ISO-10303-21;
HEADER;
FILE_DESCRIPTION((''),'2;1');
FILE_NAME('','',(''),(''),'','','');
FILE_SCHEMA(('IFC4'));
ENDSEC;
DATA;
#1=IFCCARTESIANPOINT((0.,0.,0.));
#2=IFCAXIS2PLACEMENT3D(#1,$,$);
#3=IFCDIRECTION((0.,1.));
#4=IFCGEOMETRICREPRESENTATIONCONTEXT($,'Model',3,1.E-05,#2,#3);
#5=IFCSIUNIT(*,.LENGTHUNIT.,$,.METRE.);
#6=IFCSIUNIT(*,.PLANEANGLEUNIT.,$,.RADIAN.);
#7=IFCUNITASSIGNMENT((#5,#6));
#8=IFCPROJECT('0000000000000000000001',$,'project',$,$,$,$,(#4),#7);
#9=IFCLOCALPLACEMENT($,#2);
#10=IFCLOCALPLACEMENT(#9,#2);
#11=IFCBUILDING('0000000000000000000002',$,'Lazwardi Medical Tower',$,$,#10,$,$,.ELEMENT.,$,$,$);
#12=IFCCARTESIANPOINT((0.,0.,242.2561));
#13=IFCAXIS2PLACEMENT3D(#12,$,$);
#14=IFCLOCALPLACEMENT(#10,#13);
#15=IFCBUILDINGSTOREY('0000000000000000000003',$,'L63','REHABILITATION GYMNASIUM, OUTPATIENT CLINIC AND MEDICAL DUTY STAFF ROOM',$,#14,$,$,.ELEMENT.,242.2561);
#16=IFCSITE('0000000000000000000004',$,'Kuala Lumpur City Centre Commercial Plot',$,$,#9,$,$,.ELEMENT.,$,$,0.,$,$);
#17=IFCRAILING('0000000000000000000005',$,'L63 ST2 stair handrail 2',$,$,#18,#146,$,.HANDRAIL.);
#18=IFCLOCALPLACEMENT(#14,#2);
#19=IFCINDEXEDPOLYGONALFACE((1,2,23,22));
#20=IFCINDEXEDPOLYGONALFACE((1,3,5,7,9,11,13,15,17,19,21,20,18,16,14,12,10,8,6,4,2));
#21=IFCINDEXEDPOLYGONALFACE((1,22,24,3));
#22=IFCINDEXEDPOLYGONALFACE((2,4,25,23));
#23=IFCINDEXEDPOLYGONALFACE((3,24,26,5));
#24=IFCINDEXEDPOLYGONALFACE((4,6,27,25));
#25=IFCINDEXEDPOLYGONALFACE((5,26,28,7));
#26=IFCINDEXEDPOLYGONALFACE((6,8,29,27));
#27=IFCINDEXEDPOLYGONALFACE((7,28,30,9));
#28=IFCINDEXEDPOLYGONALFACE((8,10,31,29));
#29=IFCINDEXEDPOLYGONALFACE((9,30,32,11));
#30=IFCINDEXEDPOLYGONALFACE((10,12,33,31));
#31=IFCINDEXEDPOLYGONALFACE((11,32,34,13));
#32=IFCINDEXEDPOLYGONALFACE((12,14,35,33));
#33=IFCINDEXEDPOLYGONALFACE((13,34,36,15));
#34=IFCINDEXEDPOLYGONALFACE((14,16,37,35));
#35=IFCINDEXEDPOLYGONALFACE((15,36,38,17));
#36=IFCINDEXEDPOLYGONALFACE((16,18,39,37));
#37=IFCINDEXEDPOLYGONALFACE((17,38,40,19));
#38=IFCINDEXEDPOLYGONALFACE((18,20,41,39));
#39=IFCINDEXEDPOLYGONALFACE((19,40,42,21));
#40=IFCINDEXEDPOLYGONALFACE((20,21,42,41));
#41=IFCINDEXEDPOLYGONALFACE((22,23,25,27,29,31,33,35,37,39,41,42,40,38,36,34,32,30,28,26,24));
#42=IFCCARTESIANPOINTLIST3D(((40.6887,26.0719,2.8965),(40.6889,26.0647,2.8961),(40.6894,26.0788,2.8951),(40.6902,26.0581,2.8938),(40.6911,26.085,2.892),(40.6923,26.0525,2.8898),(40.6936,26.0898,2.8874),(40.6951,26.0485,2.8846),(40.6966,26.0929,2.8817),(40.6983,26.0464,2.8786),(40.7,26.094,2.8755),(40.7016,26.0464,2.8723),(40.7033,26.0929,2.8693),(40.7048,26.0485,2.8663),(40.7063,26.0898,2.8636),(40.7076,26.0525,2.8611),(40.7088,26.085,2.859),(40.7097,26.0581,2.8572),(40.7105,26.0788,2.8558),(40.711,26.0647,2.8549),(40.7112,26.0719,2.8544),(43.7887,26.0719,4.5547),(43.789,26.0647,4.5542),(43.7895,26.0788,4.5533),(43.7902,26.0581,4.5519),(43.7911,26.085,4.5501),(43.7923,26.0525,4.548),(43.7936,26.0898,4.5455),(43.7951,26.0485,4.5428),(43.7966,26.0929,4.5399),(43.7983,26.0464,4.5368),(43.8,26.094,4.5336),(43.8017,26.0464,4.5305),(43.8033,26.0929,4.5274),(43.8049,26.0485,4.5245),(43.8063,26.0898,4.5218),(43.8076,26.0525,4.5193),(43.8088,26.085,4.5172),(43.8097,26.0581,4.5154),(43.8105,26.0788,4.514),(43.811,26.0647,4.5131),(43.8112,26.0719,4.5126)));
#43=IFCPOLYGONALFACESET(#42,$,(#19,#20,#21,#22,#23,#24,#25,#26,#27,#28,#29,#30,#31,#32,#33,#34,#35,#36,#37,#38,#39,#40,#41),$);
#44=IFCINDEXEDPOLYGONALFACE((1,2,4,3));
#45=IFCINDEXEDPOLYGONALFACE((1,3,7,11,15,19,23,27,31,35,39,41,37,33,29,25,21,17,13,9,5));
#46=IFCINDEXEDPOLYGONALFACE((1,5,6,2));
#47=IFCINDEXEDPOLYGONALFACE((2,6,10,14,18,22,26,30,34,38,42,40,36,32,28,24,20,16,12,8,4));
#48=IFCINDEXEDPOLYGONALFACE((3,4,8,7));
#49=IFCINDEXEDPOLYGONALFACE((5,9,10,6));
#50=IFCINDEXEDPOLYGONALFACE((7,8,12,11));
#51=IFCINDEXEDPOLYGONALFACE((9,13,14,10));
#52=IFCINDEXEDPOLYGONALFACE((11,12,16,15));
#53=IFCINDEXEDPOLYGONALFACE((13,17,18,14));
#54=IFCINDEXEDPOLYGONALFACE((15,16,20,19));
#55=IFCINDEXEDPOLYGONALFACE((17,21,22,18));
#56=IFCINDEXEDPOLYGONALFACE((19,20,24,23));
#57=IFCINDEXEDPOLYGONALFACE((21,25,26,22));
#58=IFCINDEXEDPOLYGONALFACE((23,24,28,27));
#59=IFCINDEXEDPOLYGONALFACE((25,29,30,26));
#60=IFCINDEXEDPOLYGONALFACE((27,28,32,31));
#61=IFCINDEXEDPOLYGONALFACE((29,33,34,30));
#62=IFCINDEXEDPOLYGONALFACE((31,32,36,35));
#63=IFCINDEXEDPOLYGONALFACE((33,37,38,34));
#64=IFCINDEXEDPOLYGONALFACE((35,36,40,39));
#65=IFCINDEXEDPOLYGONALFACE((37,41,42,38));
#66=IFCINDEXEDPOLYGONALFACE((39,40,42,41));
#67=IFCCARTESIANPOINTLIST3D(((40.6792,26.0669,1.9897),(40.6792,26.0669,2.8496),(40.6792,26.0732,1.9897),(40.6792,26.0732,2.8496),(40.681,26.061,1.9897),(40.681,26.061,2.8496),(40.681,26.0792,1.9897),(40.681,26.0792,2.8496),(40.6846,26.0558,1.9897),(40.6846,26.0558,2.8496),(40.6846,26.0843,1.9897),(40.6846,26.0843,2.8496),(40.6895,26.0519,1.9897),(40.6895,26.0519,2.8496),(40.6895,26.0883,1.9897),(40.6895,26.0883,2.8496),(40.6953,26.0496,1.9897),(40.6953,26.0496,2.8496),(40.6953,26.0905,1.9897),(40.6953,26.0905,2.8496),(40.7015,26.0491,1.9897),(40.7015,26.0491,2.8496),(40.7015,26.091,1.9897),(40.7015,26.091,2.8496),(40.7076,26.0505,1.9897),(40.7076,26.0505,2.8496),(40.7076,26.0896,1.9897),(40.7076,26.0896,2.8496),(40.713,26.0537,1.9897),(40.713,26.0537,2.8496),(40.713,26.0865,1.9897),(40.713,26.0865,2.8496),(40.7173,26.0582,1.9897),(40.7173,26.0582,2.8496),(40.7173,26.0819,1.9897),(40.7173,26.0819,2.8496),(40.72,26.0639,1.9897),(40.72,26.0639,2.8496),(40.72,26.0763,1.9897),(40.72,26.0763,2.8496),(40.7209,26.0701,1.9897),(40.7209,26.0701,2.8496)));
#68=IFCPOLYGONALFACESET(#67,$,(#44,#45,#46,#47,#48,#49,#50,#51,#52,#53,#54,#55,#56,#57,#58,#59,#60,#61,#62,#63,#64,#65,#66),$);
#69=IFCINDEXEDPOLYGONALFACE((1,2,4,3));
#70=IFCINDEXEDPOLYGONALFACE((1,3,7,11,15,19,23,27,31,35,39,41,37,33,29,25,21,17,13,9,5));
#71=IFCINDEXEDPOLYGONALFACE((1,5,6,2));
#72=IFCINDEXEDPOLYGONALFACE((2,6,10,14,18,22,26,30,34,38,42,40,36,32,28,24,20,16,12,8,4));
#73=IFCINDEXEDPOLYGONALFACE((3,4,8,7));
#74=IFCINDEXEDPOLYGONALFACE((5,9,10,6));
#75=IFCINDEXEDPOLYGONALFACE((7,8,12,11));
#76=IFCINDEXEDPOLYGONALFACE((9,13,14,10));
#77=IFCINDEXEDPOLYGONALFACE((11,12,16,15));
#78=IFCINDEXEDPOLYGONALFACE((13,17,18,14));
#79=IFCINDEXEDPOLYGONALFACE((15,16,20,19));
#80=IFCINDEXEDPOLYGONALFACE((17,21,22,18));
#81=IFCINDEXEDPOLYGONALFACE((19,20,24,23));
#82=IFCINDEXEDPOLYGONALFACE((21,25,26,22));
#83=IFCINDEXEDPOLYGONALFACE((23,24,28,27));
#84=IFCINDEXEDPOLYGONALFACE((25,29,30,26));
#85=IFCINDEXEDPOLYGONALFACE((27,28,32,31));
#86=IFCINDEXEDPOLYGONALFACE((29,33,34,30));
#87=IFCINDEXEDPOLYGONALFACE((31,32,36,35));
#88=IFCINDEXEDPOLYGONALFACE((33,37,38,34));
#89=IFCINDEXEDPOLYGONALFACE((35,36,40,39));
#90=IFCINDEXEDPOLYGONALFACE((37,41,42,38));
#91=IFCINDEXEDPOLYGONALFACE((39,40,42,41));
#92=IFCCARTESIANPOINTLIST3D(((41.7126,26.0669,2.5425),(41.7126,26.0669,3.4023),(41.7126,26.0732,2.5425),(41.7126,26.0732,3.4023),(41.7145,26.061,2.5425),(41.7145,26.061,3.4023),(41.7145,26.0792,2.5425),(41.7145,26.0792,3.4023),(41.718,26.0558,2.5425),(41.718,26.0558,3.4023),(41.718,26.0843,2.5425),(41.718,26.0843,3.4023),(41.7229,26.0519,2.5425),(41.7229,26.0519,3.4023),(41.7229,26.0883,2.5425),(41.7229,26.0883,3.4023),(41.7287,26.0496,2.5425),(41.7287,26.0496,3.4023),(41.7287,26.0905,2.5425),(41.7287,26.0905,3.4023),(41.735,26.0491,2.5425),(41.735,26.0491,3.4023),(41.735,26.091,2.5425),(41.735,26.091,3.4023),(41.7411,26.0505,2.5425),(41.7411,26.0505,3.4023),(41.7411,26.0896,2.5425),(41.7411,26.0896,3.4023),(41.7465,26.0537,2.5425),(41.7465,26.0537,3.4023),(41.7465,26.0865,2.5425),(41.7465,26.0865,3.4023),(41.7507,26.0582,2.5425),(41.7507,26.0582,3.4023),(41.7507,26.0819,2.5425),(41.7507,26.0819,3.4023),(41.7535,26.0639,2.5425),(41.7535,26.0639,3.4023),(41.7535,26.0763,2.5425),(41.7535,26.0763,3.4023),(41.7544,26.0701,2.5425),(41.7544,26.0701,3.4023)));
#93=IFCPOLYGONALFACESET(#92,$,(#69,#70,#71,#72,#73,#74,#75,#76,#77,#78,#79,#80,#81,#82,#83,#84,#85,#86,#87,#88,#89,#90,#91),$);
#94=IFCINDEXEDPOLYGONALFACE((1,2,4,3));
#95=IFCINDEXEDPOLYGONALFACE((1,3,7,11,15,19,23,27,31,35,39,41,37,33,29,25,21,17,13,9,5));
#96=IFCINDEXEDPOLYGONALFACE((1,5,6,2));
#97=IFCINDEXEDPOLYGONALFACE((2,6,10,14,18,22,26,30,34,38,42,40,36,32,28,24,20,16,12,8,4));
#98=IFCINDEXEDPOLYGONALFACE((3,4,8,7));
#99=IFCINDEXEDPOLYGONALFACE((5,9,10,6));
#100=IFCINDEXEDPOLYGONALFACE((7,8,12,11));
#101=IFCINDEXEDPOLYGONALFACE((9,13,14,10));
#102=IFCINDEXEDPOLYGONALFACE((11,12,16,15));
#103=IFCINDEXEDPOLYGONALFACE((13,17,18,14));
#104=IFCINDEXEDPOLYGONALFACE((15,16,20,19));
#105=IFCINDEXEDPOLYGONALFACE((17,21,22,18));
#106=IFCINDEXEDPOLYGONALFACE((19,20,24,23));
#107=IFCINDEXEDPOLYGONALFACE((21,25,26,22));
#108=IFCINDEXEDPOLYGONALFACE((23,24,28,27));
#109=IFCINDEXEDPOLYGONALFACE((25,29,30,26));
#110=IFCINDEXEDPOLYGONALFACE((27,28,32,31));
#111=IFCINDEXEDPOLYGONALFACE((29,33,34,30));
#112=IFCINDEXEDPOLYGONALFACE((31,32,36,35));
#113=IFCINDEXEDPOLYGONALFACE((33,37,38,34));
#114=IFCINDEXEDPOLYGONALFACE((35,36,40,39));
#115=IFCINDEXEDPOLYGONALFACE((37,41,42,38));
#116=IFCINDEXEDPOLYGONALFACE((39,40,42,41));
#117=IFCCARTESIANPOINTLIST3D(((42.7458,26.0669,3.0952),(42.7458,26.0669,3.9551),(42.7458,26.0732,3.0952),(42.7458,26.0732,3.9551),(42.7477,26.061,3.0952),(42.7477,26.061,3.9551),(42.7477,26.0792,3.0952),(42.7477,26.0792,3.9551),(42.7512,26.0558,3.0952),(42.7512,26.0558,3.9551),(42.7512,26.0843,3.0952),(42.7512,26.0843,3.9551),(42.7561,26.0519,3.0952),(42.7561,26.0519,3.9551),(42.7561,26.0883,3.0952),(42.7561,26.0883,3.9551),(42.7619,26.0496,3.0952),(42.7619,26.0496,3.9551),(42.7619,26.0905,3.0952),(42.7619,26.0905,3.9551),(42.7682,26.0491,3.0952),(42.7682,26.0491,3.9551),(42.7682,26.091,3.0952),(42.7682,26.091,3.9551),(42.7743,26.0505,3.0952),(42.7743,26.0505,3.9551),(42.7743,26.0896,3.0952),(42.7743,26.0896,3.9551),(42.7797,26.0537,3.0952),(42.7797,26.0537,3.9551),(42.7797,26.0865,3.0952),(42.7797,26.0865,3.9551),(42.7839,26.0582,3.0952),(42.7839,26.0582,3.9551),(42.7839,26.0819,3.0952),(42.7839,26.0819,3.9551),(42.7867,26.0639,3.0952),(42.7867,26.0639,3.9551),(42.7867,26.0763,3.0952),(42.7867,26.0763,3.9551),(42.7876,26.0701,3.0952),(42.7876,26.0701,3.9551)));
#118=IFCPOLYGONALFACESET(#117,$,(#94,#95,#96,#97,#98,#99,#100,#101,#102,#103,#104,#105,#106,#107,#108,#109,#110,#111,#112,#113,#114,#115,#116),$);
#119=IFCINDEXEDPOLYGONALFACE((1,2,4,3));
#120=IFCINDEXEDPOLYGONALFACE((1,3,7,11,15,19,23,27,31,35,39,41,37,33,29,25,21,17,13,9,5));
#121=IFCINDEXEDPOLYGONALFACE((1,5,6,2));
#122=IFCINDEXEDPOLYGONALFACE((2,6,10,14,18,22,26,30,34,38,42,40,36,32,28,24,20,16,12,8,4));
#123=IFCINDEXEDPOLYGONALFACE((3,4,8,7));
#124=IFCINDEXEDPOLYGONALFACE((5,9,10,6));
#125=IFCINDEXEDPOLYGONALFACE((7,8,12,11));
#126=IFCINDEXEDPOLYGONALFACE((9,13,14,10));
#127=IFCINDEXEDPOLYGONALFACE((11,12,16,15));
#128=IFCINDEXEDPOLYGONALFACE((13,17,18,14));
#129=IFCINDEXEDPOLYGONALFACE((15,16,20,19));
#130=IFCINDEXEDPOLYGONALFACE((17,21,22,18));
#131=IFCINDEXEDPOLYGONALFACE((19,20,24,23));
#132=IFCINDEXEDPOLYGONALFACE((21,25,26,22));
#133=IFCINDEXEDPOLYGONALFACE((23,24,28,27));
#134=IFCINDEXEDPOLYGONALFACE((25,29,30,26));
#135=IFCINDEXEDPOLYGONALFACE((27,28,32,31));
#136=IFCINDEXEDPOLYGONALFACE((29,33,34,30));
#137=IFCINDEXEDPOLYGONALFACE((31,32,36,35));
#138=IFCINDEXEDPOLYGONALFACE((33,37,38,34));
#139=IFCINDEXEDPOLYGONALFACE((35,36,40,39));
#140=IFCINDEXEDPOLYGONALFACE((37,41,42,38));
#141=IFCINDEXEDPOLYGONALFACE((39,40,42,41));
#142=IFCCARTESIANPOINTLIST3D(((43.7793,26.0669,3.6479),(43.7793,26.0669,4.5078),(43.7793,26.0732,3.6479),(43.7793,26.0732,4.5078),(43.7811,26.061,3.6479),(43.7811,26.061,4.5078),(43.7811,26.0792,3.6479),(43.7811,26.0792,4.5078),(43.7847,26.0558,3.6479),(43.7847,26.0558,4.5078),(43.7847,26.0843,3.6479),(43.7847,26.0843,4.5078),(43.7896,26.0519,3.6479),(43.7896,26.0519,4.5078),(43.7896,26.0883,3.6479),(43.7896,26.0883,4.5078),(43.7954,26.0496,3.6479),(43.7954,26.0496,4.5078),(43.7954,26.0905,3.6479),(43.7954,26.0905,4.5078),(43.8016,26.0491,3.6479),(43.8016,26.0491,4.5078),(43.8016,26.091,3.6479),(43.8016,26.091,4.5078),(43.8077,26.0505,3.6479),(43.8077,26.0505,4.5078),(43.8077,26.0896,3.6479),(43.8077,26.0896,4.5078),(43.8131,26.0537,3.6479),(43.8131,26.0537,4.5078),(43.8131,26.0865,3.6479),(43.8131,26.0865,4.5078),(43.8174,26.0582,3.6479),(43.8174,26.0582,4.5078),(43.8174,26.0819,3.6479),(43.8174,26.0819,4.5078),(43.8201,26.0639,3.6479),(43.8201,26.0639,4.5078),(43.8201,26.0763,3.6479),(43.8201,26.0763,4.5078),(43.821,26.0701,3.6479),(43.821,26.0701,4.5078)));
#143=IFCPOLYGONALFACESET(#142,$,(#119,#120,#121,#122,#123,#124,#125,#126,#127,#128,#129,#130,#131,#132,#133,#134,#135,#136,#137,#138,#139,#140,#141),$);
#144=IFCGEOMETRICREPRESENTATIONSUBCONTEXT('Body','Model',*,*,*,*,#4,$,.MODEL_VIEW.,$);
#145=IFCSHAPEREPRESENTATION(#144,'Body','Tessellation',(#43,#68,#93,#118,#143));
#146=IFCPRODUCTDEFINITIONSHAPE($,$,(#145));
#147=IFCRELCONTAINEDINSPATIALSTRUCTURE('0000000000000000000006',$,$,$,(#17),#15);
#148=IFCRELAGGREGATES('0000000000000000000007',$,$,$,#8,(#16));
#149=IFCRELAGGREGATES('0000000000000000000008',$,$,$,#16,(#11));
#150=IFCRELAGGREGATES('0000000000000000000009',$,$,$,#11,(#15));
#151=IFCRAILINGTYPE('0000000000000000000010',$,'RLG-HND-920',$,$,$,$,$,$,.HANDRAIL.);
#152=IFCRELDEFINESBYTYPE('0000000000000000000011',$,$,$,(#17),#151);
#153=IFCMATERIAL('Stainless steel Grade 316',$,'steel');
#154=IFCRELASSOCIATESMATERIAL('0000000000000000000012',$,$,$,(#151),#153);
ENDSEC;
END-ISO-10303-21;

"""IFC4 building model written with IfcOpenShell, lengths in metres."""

from ifc_helpers import new_model, si_unit, direction, frame, origin, origin_2d, place, context, subcontext, project, spatial, circle, extrude, material, type_object, element, save


model = new_model("IFC4")

# Units and contexts
model_context = context("Model", 3, precision=1e-05, world=origin(), true_north=direction((0.0, 1.0)))
body_context = subcontext(model_context, "Body", "Model", "MODEL_VIEW")
ifc_project = project(units=[si_unit("LENGTHUNIT", "METRE"), si_unit("PLANEANGLEUNIT", "RADIAN")], contexts=[model_context])

# Site, building, storey
site_placement = place(None, origin())
site = spatial("IfcSite", under=ifc_project, at=site_placement, Name="Kuala Lumpur City Centre Commercial Plot", CompositionType="ELEMENT", RefElevation=0.0)
building_placement = place(site_placement, origin())
building = spatial("IfcBuilding", under=site, at=building_placement, Name="Lazwardi Medical Tower", CompositionType="ELEMENT")
storey_placement = place(building_placement, frame((0.0, 0.0, 242.2561)))
storey = spatial("IfcBuildingStorey", under=building, at=storey_placement, Name="L63", Description="REHABILITATION GYMNASIUM, OUTPATIENT CLINIC AND MEDICAL DUTY STAFF ROOM", CompositionType="ELEMENT", Elevation=242.2561)

# Railing
ifc_material_1 = material(Name="Stainless steel Grade 316", Category="steel")
railing_type_1 = type_object("IfcRailingType", Name="RLG-HND-920", PredefinedType="HANDRAIL", material=ifc_material_1)
railing_1_placement = place(storey_placement, frame((40.7, 26.0701, 1.9897)))
element("IfcRailing", 1, at=railing_1_placement, inside=storey, type_object=railing_type_1, Name="L63 ST2 stair handrail 2", PredefinedType="HANDRAIL", context=body_context, shape_type="SweptSolid", body=[
    extrude(circle(Radius=0.0239, at=origin_2d()), frame((0.0, 0.0, 0.8857), z_axis=(0.881783, 0.0, 0.471655), x_axis=(0.0, 1.0, 0.0)), (0.0, 0.0, 1.0), 3.5156),
    extrude(circle(Radius=0.021, at=origin_2d()), origin(), (0.0, 0.0, 1.0), 0.8599),
    extrude(circle(Radius=0.021, at=origin_2d()), frame((1.0334, 0.0, 0.5527)), (0.0, 0.0, 1.0), 0.8599),
    extrude(circle(Radius=0.021, at=origin_2d()), frame((2.0667, 0.0, 1.1055)), (0.0, 0.0, 1.0), 0.8599),
    extrude(circle(Radius=0.021, at=origin_2d()), frame((3.1001, 0.0, 1.6582)), (0.0, 0.0, 1.0), 0.8599),
])

save(model, "model.ifc")
